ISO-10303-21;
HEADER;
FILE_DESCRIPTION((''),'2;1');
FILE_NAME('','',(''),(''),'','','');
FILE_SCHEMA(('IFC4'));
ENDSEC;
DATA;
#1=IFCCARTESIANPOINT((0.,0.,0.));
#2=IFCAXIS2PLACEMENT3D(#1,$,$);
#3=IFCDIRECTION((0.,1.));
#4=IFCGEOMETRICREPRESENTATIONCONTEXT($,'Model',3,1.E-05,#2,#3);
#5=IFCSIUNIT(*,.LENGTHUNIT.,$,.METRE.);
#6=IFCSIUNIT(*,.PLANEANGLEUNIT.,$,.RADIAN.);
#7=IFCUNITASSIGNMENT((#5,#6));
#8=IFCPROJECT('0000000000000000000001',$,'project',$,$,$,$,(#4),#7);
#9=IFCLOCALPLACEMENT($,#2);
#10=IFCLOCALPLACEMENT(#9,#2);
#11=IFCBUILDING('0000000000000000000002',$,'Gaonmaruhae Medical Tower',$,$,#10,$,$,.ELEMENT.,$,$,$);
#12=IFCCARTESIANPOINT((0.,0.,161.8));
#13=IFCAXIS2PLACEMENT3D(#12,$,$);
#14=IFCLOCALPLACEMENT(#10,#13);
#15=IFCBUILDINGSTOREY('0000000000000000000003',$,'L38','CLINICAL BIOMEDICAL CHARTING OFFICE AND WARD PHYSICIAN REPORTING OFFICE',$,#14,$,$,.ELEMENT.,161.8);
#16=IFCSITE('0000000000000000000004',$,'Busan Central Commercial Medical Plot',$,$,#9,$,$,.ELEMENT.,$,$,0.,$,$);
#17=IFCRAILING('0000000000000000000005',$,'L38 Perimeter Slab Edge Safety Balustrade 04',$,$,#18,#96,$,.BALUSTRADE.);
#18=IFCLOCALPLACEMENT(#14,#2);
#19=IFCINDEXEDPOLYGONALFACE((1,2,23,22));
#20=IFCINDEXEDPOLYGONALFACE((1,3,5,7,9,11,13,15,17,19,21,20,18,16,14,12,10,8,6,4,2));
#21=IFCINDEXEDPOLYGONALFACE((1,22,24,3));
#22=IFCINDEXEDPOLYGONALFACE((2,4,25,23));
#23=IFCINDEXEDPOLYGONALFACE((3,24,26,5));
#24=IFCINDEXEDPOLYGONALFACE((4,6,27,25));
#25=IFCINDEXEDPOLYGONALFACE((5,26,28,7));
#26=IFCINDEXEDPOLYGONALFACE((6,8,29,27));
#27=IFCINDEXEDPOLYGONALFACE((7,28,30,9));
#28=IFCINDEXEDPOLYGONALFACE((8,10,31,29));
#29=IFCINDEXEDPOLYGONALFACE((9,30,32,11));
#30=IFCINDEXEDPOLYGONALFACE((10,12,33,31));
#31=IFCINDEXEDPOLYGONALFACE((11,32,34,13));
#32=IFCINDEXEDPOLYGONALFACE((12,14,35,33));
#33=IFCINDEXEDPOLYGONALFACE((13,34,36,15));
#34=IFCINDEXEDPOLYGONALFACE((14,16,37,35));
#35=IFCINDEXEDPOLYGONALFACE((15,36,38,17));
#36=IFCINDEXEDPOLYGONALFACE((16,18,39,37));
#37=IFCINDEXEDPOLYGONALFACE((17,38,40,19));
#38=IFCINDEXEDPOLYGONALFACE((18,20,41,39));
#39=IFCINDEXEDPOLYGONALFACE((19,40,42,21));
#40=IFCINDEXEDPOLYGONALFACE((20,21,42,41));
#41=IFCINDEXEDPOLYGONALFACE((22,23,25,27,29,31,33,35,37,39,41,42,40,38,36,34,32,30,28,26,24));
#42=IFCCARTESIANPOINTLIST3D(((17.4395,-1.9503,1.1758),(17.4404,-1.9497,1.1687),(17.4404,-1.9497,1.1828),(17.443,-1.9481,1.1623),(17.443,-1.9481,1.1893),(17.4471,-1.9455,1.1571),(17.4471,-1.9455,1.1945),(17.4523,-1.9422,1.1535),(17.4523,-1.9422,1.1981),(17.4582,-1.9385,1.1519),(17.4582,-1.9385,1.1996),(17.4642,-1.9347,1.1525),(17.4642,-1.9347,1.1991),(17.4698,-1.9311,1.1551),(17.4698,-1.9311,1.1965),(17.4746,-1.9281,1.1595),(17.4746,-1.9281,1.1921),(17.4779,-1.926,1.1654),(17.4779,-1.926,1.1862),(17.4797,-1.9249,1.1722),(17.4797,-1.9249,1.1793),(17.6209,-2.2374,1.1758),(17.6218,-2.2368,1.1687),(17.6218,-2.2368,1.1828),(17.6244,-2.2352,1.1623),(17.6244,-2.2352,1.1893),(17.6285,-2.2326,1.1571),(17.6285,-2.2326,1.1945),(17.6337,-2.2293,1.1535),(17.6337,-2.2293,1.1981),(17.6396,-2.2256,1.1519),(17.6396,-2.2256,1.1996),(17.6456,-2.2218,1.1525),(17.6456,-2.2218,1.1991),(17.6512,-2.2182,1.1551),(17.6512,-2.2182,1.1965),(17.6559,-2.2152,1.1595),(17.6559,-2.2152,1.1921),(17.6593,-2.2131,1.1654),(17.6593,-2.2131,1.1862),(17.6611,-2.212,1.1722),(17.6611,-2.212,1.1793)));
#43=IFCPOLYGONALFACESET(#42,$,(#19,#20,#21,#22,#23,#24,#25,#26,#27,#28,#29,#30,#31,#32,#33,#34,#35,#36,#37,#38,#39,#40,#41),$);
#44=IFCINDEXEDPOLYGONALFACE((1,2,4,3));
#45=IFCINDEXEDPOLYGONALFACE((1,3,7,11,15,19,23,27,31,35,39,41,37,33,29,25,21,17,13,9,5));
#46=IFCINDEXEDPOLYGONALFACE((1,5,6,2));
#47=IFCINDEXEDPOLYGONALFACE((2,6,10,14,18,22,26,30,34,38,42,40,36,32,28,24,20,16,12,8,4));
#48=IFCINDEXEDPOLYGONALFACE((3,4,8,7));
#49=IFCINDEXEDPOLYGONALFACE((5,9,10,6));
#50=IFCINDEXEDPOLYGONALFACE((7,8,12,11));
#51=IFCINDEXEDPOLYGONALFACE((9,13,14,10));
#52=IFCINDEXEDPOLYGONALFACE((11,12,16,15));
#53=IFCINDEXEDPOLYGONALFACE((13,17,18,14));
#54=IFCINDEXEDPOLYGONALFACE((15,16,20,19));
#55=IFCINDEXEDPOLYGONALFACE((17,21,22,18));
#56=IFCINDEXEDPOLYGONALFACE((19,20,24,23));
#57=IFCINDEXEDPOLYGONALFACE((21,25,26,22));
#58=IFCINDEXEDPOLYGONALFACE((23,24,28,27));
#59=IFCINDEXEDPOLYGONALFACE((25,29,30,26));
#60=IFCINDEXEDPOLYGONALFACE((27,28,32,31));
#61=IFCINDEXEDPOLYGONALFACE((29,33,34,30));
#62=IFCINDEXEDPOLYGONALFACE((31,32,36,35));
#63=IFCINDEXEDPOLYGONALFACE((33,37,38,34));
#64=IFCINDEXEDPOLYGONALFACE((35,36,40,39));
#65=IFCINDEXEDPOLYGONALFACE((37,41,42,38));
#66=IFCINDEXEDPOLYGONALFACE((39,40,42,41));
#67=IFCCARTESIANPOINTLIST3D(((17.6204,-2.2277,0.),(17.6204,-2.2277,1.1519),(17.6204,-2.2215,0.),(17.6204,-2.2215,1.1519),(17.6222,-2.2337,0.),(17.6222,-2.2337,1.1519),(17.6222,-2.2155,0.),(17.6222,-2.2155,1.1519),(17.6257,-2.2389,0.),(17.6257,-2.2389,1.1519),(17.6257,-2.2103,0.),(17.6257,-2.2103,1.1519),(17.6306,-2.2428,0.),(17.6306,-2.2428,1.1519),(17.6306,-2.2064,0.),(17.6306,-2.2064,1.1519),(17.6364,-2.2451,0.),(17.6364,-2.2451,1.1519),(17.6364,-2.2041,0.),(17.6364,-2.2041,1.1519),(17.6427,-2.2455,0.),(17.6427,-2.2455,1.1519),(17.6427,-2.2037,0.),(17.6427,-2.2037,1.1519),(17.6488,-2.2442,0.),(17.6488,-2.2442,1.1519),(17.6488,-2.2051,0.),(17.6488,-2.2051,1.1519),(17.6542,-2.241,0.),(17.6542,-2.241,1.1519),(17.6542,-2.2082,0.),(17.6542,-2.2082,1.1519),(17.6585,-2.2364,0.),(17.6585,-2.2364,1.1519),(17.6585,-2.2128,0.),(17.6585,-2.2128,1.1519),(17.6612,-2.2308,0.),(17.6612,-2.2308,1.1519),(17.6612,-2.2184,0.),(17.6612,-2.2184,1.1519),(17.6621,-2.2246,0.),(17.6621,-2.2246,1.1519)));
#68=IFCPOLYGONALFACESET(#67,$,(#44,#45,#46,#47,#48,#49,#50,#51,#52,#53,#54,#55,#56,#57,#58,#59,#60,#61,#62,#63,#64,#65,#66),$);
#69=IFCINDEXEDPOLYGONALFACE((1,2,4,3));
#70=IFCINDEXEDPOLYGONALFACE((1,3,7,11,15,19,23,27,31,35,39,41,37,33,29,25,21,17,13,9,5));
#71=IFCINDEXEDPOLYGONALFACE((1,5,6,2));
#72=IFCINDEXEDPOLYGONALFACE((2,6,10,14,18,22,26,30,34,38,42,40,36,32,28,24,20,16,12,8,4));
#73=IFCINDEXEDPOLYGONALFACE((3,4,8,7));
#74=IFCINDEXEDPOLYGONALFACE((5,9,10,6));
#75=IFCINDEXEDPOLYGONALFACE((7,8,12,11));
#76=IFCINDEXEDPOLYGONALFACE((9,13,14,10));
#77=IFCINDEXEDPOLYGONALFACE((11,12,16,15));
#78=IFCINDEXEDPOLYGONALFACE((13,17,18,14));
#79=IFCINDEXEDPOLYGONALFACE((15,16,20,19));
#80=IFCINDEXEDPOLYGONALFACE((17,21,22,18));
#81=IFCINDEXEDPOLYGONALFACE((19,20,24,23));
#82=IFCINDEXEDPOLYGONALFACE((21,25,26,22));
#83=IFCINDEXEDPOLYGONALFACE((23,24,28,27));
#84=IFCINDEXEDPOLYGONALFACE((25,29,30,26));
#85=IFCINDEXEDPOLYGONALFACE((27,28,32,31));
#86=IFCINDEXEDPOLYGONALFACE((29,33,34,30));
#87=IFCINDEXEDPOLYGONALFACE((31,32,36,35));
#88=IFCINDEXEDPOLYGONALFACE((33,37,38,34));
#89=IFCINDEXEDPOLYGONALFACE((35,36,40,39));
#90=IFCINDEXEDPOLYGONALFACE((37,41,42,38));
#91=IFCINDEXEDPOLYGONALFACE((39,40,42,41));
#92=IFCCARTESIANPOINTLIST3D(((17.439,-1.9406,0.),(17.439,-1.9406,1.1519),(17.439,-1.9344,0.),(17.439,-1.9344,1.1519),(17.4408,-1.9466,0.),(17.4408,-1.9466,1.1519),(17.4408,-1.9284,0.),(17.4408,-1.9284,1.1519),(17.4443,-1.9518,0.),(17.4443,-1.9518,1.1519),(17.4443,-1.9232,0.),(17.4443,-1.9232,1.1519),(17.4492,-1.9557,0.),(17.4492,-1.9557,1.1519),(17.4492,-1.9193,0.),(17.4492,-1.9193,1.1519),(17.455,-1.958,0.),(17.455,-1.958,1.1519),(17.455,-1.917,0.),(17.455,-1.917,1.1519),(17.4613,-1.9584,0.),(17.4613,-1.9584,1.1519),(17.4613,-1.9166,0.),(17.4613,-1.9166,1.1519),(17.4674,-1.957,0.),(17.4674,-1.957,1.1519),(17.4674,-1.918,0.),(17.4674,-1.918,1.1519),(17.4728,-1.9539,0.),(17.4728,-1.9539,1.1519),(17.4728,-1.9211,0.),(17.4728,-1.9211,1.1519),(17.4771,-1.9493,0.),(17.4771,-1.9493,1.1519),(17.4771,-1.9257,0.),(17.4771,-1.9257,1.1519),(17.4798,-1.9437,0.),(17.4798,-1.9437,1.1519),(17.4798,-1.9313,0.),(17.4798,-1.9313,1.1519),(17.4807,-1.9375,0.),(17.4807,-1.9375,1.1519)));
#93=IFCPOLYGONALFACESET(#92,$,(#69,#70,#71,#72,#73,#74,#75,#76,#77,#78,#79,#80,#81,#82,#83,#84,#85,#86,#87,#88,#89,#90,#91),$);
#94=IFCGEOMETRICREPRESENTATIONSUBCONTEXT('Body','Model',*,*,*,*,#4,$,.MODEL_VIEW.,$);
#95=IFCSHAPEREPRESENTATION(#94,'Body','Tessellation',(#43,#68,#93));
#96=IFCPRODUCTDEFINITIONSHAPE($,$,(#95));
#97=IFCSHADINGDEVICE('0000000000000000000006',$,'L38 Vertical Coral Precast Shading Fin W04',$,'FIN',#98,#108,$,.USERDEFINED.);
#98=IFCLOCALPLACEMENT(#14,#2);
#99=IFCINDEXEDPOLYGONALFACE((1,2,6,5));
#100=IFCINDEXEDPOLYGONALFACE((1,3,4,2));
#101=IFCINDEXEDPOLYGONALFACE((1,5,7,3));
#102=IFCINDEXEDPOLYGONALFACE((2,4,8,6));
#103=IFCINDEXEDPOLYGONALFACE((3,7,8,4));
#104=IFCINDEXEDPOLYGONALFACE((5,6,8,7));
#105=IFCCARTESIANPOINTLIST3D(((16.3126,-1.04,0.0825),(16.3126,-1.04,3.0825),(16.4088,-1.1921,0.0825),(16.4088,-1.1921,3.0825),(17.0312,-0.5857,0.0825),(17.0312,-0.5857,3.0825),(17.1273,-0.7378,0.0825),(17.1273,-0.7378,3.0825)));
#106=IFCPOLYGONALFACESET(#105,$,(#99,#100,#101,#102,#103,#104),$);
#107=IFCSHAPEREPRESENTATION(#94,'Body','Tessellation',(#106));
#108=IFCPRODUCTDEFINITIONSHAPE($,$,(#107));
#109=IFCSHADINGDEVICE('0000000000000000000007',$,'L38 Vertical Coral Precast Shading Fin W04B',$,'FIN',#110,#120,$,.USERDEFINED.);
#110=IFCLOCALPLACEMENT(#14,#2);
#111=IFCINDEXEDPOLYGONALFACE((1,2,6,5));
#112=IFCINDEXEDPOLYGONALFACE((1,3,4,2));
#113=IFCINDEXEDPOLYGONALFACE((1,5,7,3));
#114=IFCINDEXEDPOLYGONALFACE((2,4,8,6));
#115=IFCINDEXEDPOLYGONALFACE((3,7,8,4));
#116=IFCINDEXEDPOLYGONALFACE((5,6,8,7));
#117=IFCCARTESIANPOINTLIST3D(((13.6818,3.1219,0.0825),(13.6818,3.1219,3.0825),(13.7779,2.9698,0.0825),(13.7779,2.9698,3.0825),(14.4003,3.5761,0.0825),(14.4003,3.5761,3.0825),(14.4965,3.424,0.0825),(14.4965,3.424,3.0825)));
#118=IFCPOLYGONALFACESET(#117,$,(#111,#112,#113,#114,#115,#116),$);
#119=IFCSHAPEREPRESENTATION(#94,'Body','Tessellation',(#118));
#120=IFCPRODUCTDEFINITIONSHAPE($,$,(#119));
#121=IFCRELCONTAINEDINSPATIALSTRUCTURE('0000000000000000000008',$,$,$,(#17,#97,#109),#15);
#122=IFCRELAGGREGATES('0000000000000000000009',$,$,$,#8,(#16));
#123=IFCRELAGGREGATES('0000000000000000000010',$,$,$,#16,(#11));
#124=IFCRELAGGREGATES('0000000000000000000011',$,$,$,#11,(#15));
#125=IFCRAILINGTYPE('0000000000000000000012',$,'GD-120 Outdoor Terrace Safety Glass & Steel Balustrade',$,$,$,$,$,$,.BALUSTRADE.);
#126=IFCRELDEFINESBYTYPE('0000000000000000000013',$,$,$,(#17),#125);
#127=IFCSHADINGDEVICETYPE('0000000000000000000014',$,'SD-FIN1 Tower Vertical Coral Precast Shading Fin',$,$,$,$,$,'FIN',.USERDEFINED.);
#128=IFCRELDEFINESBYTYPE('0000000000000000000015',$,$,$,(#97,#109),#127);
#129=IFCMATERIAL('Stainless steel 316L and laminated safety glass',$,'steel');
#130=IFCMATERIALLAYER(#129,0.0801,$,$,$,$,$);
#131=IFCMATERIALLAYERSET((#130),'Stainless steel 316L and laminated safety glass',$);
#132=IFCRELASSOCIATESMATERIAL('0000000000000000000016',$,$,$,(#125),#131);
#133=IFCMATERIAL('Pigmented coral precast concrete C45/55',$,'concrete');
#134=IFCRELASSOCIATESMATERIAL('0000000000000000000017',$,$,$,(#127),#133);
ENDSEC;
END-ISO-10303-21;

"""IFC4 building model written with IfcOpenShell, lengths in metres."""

from ifc_helpers import new_model, si_unit, direction, frame, origin, origin_2d, place, context, subcontext, project, spatial, rectangle, circle, extrude, material, layer, layer_set, type_object, element, save


model = new_model("IFC4")

# Units and contexts
model_context = context("Model", 3, precision=1e-05, world=origin(), true_north=direction((0.0, 1.0)))
body_context = subcontext(model_context, "Body", "Model", "MODEL_VIEW")
ifc_project = project(units=[si_unit("LENGTHUNIT", "METRE"), si_unit("PLANEANGLEUNIT", "RADIAN")], contexts=[model_context])

# Site, building, storey
site_placement = place(None, origin())
site = spatial("IfcSite", under=ifc_project, at=site_placement, Name="Busan Central Commercial Medical Plot", CompositionType="ELEMENT", RefElevation=0.0)
building_placement = place(site_placement, origin())
building = spatial("IfcBuilding", under=site, at=building_placement, Name="Gaonmaruhae Medical Tower", CompositionType="ELEMENT")
storey_placement = place(building_placement, frame((0.0, 0.0, 161.8)))
storey = spatial("IfcBuildingStorey", under=building, at=storey_placement, Name="L38", Description="CLINICAL BIOMEDICAL CHARTING OFFICE AND WARD PHYSICIAN REPORTING OFFICE", CompositionType="ELEMENT", Elevation=161.8)

# Railing
ifc_material_1 = material(Name="Stainless steel 316L and laminated safety glass", Category="steel")
ifc_layer_1 = layer(ifc_material_1, 0.0801)
ifc_layer_set_1 = layer_set([ifc_layer_1], Name="Stainless steel 316L and laminated safety glass")
railing_type = type_object("IfcRailingType", Name="GD-120 Outdoor Terrace Safety Glass & Steel Balustrade", PredefinedType="BALUSTRADE", material=ifc_layer_set_1)
railing_placement = place(storey_placement, frame((17.6411, -2.2246, 0.0)))
element("IfcRailing", 1, at=railing_placement, inside=storey, type_object=railing_type, Name="L38 Perimeter Slab Edge Safety Balustrade 04", PredefinedType="BALUSTRADE", context=body_context, shape_type="SweptSolid", body=[
    extrude(circle(Radius=0.0239, at=origin_2d()), frame((0.0, 0.0, 1.1758), z_axis=(-0.534128, 0.845403, 0.0), x_axis=(-0.845403, -0.534128, 0.0)), (0.0, 0.0, 1.0), 0.3396),
    extrude(circle(Radius=0.021, at=origin_2d()), origin(), (0.0, 0.0, 1.0), 1.1519),
    extrude(circle(Radius=0.021, at=origin_2d()), frame((-0.1814, 0.2871, 0.0)), (0.0, 0.0, 1.0), 1.1519),
])

# Shading devices
ifc_material_2 = material(Name="Pigmented coral precast concrete C45/55", Category="concrete")
shading_device_type = type_object("IfcShadingDeviceType", Name="SD-FIN1 Tower Vertical Coral Precast Shading Fin", ElementType="FIN", PredefinedType="USERDEFINED", material=ifc_material_2)
for number, where, z_axis, x_axis, name in (
    (2, (16.72, -0.8889, 0.0825), (0.0, 0.0, 1.0), (-0.534352, 0.845262, 0.0), "L38 Vertical Coral Precast Shading Fin W04"),
    (3, (14.0891, 3.2729, 0.0825), (0.0, 0.0, 1.0), (-0.534352, 0.845262, 0.0), "L38 Vertical Coral Precast Shading Fin W04B"),
):
    element("IfcShadingDevice", number, at=place(storey_placement, frame(where, z_axis=z_axis, x_axis=x_axis)), inside=storey, type_object=shading_device_type, Name=name, ObjectType="FIN", PredefinedType="USERDEFINED", context=body_context, shape_type="SweptSolid", body=[
        extrude(rectangle(XDim=0.1799, YDim=0.8501, at=origin_2d()), origin(), (0.0, 0.0, 1.0), 3.0),
    ])

save(model, "model.ifc")
